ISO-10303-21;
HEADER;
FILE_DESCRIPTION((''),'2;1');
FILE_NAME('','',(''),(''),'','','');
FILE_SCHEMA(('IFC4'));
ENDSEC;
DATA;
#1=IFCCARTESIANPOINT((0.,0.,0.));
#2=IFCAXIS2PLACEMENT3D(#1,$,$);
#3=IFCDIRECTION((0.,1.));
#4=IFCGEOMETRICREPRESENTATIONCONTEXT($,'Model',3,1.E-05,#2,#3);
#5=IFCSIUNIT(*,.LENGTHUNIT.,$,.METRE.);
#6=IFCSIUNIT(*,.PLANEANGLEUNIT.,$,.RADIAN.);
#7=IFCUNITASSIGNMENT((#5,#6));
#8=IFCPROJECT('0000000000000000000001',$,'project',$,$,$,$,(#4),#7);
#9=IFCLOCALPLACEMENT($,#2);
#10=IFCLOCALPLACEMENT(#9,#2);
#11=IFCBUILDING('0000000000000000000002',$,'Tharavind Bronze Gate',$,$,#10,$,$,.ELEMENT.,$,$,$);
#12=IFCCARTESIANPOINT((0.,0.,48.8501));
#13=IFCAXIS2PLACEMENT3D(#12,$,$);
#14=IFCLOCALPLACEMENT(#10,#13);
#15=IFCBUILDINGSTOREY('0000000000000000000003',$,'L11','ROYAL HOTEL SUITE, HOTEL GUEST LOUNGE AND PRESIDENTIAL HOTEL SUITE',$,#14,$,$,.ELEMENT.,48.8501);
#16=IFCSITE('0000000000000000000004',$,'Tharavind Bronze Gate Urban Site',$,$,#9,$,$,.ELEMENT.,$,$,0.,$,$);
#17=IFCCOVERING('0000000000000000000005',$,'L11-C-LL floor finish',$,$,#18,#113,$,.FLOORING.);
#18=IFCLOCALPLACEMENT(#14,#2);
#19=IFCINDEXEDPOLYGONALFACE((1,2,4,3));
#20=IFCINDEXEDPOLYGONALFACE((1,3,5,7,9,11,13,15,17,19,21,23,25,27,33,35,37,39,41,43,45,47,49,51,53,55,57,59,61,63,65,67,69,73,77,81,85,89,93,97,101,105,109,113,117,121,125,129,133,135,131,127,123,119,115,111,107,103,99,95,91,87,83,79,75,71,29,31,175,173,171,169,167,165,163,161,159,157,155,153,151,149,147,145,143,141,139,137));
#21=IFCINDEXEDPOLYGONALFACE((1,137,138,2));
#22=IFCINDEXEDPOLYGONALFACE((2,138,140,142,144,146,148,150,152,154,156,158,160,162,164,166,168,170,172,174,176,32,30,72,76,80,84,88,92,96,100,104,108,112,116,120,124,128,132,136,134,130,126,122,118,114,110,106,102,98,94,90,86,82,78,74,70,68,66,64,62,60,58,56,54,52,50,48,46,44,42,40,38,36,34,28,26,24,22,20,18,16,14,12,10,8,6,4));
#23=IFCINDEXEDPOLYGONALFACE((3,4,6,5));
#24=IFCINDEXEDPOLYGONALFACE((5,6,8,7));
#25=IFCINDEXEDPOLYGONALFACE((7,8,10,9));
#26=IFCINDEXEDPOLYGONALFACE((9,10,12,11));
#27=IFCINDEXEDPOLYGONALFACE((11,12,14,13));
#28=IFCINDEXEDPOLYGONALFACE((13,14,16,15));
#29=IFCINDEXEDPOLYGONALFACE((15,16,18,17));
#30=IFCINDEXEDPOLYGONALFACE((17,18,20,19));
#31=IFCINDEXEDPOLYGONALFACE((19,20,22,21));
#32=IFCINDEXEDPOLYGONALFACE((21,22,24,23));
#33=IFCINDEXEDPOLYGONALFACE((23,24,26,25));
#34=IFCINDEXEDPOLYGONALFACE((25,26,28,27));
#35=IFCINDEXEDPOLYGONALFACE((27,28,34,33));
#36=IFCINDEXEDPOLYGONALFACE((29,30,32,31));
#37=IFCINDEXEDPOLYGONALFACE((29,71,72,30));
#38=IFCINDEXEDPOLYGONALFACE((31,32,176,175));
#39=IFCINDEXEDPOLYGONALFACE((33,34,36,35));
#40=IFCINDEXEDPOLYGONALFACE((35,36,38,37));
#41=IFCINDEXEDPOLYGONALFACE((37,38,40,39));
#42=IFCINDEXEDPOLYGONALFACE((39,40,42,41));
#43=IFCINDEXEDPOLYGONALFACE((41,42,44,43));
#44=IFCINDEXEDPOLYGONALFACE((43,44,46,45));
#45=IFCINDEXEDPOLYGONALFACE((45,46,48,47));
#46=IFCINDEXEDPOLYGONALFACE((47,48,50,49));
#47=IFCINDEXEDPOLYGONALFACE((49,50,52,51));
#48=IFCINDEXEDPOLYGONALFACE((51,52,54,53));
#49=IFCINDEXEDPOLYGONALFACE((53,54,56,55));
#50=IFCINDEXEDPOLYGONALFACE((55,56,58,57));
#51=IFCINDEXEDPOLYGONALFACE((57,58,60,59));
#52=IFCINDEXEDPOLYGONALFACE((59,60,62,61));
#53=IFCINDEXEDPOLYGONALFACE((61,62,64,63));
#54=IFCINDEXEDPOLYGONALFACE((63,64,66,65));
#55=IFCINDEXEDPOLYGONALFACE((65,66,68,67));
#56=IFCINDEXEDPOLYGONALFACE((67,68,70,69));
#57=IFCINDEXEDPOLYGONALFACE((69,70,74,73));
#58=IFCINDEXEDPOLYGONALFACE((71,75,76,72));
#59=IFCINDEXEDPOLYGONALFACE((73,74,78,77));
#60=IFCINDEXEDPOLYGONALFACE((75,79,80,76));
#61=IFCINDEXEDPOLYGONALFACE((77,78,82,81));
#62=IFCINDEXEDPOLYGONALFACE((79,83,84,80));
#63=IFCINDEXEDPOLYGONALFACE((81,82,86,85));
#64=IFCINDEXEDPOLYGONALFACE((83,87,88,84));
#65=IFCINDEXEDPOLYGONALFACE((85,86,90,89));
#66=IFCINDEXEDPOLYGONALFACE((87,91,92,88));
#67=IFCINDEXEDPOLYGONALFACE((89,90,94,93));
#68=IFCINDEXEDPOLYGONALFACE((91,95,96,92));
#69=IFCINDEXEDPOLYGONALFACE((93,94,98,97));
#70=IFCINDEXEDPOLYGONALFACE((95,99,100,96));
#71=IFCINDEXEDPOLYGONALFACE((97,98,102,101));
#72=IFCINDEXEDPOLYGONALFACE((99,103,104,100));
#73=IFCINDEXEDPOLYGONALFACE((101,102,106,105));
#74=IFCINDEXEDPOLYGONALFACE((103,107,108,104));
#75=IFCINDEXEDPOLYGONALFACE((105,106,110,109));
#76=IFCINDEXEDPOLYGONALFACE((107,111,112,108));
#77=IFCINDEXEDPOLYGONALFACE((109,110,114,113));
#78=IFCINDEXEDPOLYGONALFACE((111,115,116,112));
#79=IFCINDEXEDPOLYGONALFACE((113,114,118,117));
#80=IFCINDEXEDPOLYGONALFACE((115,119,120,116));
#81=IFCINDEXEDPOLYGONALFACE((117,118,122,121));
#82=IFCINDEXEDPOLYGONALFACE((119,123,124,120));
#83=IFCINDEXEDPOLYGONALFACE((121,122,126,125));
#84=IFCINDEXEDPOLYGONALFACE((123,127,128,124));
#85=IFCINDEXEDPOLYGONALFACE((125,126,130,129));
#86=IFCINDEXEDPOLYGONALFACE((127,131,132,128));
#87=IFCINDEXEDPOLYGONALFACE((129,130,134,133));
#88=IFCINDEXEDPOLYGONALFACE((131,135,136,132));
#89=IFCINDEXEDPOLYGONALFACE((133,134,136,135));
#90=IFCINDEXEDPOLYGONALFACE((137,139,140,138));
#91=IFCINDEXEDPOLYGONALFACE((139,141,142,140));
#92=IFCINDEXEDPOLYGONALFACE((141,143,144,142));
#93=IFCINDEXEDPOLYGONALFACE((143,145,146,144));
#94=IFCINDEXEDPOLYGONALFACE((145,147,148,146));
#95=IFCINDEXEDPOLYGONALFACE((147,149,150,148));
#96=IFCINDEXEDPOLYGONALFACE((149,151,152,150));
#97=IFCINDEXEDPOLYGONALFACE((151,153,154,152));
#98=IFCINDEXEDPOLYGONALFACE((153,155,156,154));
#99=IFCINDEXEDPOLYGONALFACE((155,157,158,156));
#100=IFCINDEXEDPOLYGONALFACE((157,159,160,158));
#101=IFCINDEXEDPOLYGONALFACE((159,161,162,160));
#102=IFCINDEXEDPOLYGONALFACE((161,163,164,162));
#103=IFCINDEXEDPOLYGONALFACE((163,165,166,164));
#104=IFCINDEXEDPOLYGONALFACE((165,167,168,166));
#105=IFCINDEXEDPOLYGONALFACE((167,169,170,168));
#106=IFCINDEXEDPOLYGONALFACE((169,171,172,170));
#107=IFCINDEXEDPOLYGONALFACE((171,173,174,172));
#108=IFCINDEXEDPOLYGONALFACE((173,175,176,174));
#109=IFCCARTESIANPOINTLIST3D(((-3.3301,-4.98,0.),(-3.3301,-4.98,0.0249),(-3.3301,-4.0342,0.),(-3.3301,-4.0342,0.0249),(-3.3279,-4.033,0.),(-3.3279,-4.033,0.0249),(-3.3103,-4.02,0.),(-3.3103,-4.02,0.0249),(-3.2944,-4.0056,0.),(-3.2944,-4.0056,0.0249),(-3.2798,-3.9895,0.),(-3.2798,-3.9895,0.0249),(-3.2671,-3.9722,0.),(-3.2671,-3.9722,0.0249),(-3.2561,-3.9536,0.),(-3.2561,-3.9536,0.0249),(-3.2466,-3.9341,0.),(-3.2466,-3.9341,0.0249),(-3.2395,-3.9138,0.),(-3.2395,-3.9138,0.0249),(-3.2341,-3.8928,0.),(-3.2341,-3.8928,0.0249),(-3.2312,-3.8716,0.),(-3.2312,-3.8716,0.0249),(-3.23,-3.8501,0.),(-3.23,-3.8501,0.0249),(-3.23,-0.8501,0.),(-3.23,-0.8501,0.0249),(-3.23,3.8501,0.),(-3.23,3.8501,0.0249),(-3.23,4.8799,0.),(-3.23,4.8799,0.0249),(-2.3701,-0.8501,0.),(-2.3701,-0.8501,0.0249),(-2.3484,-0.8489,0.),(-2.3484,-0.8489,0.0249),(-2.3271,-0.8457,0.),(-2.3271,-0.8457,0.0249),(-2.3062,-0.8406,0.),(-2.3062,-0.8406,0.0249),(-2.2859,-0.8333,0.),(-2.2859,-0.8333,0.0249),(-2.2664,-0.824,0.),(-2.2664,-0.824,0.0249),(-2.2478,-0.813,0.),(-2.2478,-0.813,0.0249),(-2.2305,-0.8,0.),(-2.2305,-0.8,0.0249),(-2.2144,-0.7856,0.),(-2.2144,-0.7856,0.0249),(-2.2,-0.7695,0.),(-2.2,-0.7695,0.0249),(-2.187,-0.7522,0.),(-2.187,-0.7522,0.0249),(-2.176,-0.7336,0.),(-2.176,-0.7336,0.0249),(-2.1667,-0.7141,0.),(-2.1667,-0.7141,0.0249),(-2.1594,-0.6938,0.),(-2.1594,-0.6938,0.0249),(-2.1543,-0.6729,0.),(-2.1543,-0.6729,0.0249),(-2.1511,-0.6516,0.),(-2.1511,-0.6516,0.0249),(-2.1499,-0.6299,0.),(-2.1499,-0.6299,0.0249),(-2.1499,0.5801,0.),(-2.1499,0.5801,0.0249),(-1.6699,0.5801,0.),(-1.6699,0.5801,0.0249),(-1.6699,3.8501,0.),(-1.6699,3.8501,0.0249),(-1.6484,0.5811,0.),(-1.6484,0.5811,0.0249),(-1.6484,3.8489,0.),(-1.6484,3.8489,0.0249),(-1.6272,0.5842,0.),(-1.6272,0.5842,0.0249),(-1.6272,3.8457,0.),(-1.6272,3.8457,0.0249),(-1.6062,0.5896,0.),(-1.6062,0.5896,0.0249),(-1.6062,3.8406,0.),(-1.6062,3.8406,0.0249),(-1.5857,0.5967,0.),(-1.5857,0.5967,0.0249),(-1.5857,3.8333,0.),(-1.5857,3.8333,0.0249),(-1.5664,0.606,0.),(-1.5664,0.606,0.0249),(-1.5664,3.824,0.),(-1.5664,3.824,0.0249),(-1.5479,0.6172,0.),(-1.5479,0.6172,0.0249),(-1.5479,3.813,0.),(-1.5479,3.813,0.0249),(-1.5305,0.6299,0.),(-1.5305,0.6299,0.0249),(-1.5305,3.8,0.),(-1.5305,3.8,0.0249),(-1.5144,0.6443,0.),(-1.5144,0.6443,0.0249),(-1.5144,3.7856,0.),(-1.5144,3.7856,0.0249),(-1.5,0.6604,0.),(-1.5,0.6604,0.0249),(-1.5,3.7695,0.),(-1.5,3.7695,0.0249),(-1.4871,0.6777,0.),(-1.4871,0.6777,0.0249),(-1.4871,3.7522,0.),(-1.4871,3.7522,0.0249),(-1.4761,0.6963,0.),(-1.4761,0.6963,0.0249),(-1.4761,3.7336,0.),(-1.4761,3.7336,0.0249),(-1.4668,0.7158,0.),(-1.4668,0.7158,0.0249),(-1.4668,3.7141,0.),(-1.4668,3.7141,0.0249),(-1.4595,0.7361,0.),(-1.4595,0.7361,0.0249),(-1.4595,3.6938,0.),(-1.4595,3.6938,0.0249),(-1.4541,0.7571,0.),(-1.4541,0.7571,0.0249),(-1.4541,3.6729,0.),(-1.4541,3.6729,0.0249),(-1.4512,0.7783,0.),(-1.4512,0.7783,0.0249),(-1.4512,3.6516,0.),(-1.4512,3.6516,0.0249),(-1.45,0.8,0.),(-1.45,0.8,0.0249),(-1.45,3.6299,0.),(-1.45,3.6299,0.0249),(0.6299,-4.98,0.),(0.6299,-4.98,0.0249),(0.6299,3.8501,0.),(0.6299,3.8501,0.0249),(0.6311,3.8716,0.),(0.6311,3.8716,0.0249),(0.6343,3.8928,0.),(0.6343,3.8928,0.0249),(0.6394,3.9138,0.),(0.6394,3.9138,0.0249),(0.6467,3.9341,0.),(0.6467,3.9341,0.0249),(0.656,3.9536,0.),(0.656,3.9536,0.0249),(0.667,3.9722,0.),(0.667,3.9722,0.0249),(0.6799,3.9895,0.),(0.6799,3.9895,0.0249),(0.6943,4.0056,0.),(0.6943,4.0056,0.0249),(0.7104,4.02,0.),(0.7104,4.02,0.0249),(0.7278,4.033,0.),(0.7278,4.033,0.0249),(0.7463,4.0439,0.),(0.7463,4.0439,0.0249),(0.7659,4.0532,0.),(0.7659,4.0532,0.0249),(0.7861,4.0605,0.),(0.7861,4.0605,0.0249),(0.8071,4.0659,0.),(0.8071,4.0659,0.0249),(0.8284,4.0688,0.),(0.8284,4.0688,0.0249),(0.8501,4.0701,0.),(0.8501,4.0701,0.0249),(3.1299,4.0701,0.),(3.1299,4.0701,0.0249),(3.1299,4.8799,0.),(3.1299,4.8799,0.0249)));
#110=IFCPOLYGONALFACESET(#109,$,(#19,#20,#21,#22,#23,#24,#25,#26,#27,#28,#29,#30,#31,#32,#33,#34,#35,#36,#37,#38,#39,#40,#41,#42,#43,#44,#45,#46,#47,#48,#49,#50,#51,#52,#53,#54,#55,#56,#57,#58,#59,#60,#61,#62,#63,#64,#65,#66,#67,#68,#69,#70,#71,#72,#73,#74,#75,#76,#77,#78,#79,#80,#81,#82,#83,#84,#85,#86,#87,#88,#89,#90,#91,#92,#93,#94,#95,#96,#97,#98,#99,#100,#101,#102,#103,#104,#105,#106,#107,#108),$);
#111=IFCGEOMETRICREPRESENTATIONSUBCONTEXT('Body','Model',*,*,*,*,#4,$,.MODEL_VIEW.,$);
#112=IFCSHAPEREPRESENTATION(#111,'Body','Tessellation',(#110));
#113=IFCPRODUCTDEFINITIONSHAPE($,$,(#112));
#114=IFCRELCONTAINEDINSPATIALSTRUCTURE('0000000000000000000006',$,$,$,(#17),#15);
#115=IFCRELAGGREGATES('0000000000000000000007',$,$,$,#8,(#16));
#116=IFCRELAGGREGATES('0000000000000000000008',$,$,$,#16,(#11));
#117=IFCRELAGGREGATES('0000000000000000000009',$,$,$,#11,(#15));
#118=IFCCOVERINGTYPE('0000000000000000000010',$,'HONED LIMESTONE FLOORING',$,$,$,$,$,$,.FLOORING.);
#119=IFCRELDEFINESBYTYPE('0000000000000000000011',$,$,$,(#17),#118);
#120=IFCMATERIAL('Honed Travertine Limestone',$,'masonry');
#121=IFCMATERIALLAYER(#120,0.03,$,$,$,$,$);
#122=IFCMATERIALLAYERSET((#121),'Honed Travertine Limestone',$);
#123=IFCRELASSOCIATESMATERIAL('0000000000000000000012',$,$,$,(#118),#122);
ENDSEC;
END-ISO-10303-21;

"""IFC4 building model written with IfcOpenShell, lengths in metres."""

from ifc_helpers import new_model, si_unit, direction, frame, origin, place, context, subcontext, project, spatial, polyline, outline, extrude, material, layer, layer_set, type_object, element, save


model = new_model("IFC4")

# Units and contexts
model_context = context("Model", 3, precision=1e-05, world=origin(), true_north=direction((0.0, 1.0)))
body_context = subcontext(model_context, "Body", "Model", "MODEL_VIEW")
ifc_project = project(units=[si_unit("LENGTHUNIT", "METRE"), si_unit("PLANEANGLEUNIT", "RADIAN")], contexts=[model_context])

# Site, building, storey
site_placement = place(None, origin())
site = spatial("IfcSite", under=ifc_project, at=site_placement, Name="Tharavind Bronze Gate Urban Site", CompositionType="ELEMENT", RefElevation=0.0)
building_placement = place(site_placement, origin())
building = spatial("IfcBuilding", under=site, at=building_placement, Name="Tharavind Bronze Gate", CompositionType="ELEMENT")
storey_placement = place(building_placement, frame((0.0, 0.0, 48.8501)))
storey = spatial("IfcBuildingStorey", under=building, at=storey_placement, Name="L11", Description="ROYAL HOTEL SUITE, HOTEL GUEST LOUNGE AND PRESIDENTIAL HOTEL SUITE", CompositionType="ELEMENT", Elevation=48.8501)

# Covering
ifc_material_1 = material(Name="Honed Travertine Limestone", Category="masonry")
ifc_layer_1 = layer(ifc_material_1, 0.03)
ifc_layer_set_1 = layer_set([ifc_layer_1], Name="Honed Travertine Limestone")
covering_type_1 = type_object("IfcCoveringType", Name="HONED LIMESTONE FLOORING", PredefinedType="FLOORING", material=ifc_layer_set_1)
covering_1_placement = place(storey_placement, origin())
element("IfcCovering", 1, at=covering_1_placement, inside=storey, type_object=covering_type_1, Name="L11-C-LL floor finish", PredefinedType="FLOORING", context=body_context, shape_type="SweptSolid", body=[
    extrude(outline(polyline([(-3.3301, -4.98), (0.6299, -4.98), (0.6299, 3.8501), (0.6311, 3.8716), (0.6343, 3.8928), (0.6394, 3.9138), (0.6467, 3.9341), (0.656, 3.9536), (0.667, 3.9722), (0.6799, 3.9895), (0.6943, 4.0056), (0.7104, 4.02), (0.7278, 4.033), (0.7463, 4.0439), (0.7659, 4.0532), (0.7861, 4.0605), (0.8071, 4.0659), (0.8284, 4.0688), (0.8501, 4.0701), (3.1299, 4.0701), (3.1299, 4.8799), (-3.23, 4.8799), (-3.23, 3.8501), (-1.6699, 3.8501), (-1.6484, 3.8489), (-1.6272, 3.8457), (-1.6062, 3.8406), (-1.5857, 3.8333), (-1.5664, 3.824), (-1.5479, 3.813), (-1.5305, 3.8), (-1.5144, 3.7856), (-1.5, 3.7695), (-1.4871, 3.7522), (-1.4761, 3.7336), (-1.4668, 3.7141), (-1.4595, 3.6938), (-1.4541, 3.6729), (-1.4512, 3.6516), (-1.45, 3.6299), (-1.45, 0.8), (-1.4512, 0.7783), (-1.4541, 0.7571), (-1.4595, 0.7361), (-1.4668, 0.7158), (-1.4761, 0.6963), (-1.4871, 0.6777), (-1.5, 0.6604), (-1.5144, 0.6443), (-1.5305, 0.6299), (-1.5479, 0.6172), (-1.5664, 0.606), (-1.5857, 0.5967), (-1.6062, 0.5896), (-1.6272, 0.5842), (-1.6484, 0.5811), (-1.6699, 0.5801), (-2.1499, 0.5801), (-2.1499, -0.6299), (-2.1511, -0.6516), (-2.1543, -0.6729), (-2.1594, -0.6938), (-2.1667, -0.7141), (-2.176, -0.7336), (-2.187, -0.7522), (-2.2, -0.7695), (-2.2144, -0.7856), (-2.2305, -0.8), (-2.2478, -0.813), (-2.2664, -0.824), (-2.2859, -0.8333), (-2.3062, -0.8406), (-2.3271, -0.8457), (-2.3484, -0.8489), (-2.3701, -0.8501), (-3.23, -0.8501), (-3.23, -3.8501), (-3.2312, -3.8716), (-3.2341, -3.8928), (-3.2395, -3.9138), (-3.2466, -3.9341), (-3.2561, -3.9536), (-3.2671, -3.9722), (-3.2798, -3.9895), (-3.2944, -4.0056), (-3.3103, -4.02), (-3.3279, -4.033), (-3.3301, -4.0342), (-3.3301, -4.98)])), origin(), (0.0, 0.0, 1.0), 0.0249),
])

save(model, "model.ifc")
